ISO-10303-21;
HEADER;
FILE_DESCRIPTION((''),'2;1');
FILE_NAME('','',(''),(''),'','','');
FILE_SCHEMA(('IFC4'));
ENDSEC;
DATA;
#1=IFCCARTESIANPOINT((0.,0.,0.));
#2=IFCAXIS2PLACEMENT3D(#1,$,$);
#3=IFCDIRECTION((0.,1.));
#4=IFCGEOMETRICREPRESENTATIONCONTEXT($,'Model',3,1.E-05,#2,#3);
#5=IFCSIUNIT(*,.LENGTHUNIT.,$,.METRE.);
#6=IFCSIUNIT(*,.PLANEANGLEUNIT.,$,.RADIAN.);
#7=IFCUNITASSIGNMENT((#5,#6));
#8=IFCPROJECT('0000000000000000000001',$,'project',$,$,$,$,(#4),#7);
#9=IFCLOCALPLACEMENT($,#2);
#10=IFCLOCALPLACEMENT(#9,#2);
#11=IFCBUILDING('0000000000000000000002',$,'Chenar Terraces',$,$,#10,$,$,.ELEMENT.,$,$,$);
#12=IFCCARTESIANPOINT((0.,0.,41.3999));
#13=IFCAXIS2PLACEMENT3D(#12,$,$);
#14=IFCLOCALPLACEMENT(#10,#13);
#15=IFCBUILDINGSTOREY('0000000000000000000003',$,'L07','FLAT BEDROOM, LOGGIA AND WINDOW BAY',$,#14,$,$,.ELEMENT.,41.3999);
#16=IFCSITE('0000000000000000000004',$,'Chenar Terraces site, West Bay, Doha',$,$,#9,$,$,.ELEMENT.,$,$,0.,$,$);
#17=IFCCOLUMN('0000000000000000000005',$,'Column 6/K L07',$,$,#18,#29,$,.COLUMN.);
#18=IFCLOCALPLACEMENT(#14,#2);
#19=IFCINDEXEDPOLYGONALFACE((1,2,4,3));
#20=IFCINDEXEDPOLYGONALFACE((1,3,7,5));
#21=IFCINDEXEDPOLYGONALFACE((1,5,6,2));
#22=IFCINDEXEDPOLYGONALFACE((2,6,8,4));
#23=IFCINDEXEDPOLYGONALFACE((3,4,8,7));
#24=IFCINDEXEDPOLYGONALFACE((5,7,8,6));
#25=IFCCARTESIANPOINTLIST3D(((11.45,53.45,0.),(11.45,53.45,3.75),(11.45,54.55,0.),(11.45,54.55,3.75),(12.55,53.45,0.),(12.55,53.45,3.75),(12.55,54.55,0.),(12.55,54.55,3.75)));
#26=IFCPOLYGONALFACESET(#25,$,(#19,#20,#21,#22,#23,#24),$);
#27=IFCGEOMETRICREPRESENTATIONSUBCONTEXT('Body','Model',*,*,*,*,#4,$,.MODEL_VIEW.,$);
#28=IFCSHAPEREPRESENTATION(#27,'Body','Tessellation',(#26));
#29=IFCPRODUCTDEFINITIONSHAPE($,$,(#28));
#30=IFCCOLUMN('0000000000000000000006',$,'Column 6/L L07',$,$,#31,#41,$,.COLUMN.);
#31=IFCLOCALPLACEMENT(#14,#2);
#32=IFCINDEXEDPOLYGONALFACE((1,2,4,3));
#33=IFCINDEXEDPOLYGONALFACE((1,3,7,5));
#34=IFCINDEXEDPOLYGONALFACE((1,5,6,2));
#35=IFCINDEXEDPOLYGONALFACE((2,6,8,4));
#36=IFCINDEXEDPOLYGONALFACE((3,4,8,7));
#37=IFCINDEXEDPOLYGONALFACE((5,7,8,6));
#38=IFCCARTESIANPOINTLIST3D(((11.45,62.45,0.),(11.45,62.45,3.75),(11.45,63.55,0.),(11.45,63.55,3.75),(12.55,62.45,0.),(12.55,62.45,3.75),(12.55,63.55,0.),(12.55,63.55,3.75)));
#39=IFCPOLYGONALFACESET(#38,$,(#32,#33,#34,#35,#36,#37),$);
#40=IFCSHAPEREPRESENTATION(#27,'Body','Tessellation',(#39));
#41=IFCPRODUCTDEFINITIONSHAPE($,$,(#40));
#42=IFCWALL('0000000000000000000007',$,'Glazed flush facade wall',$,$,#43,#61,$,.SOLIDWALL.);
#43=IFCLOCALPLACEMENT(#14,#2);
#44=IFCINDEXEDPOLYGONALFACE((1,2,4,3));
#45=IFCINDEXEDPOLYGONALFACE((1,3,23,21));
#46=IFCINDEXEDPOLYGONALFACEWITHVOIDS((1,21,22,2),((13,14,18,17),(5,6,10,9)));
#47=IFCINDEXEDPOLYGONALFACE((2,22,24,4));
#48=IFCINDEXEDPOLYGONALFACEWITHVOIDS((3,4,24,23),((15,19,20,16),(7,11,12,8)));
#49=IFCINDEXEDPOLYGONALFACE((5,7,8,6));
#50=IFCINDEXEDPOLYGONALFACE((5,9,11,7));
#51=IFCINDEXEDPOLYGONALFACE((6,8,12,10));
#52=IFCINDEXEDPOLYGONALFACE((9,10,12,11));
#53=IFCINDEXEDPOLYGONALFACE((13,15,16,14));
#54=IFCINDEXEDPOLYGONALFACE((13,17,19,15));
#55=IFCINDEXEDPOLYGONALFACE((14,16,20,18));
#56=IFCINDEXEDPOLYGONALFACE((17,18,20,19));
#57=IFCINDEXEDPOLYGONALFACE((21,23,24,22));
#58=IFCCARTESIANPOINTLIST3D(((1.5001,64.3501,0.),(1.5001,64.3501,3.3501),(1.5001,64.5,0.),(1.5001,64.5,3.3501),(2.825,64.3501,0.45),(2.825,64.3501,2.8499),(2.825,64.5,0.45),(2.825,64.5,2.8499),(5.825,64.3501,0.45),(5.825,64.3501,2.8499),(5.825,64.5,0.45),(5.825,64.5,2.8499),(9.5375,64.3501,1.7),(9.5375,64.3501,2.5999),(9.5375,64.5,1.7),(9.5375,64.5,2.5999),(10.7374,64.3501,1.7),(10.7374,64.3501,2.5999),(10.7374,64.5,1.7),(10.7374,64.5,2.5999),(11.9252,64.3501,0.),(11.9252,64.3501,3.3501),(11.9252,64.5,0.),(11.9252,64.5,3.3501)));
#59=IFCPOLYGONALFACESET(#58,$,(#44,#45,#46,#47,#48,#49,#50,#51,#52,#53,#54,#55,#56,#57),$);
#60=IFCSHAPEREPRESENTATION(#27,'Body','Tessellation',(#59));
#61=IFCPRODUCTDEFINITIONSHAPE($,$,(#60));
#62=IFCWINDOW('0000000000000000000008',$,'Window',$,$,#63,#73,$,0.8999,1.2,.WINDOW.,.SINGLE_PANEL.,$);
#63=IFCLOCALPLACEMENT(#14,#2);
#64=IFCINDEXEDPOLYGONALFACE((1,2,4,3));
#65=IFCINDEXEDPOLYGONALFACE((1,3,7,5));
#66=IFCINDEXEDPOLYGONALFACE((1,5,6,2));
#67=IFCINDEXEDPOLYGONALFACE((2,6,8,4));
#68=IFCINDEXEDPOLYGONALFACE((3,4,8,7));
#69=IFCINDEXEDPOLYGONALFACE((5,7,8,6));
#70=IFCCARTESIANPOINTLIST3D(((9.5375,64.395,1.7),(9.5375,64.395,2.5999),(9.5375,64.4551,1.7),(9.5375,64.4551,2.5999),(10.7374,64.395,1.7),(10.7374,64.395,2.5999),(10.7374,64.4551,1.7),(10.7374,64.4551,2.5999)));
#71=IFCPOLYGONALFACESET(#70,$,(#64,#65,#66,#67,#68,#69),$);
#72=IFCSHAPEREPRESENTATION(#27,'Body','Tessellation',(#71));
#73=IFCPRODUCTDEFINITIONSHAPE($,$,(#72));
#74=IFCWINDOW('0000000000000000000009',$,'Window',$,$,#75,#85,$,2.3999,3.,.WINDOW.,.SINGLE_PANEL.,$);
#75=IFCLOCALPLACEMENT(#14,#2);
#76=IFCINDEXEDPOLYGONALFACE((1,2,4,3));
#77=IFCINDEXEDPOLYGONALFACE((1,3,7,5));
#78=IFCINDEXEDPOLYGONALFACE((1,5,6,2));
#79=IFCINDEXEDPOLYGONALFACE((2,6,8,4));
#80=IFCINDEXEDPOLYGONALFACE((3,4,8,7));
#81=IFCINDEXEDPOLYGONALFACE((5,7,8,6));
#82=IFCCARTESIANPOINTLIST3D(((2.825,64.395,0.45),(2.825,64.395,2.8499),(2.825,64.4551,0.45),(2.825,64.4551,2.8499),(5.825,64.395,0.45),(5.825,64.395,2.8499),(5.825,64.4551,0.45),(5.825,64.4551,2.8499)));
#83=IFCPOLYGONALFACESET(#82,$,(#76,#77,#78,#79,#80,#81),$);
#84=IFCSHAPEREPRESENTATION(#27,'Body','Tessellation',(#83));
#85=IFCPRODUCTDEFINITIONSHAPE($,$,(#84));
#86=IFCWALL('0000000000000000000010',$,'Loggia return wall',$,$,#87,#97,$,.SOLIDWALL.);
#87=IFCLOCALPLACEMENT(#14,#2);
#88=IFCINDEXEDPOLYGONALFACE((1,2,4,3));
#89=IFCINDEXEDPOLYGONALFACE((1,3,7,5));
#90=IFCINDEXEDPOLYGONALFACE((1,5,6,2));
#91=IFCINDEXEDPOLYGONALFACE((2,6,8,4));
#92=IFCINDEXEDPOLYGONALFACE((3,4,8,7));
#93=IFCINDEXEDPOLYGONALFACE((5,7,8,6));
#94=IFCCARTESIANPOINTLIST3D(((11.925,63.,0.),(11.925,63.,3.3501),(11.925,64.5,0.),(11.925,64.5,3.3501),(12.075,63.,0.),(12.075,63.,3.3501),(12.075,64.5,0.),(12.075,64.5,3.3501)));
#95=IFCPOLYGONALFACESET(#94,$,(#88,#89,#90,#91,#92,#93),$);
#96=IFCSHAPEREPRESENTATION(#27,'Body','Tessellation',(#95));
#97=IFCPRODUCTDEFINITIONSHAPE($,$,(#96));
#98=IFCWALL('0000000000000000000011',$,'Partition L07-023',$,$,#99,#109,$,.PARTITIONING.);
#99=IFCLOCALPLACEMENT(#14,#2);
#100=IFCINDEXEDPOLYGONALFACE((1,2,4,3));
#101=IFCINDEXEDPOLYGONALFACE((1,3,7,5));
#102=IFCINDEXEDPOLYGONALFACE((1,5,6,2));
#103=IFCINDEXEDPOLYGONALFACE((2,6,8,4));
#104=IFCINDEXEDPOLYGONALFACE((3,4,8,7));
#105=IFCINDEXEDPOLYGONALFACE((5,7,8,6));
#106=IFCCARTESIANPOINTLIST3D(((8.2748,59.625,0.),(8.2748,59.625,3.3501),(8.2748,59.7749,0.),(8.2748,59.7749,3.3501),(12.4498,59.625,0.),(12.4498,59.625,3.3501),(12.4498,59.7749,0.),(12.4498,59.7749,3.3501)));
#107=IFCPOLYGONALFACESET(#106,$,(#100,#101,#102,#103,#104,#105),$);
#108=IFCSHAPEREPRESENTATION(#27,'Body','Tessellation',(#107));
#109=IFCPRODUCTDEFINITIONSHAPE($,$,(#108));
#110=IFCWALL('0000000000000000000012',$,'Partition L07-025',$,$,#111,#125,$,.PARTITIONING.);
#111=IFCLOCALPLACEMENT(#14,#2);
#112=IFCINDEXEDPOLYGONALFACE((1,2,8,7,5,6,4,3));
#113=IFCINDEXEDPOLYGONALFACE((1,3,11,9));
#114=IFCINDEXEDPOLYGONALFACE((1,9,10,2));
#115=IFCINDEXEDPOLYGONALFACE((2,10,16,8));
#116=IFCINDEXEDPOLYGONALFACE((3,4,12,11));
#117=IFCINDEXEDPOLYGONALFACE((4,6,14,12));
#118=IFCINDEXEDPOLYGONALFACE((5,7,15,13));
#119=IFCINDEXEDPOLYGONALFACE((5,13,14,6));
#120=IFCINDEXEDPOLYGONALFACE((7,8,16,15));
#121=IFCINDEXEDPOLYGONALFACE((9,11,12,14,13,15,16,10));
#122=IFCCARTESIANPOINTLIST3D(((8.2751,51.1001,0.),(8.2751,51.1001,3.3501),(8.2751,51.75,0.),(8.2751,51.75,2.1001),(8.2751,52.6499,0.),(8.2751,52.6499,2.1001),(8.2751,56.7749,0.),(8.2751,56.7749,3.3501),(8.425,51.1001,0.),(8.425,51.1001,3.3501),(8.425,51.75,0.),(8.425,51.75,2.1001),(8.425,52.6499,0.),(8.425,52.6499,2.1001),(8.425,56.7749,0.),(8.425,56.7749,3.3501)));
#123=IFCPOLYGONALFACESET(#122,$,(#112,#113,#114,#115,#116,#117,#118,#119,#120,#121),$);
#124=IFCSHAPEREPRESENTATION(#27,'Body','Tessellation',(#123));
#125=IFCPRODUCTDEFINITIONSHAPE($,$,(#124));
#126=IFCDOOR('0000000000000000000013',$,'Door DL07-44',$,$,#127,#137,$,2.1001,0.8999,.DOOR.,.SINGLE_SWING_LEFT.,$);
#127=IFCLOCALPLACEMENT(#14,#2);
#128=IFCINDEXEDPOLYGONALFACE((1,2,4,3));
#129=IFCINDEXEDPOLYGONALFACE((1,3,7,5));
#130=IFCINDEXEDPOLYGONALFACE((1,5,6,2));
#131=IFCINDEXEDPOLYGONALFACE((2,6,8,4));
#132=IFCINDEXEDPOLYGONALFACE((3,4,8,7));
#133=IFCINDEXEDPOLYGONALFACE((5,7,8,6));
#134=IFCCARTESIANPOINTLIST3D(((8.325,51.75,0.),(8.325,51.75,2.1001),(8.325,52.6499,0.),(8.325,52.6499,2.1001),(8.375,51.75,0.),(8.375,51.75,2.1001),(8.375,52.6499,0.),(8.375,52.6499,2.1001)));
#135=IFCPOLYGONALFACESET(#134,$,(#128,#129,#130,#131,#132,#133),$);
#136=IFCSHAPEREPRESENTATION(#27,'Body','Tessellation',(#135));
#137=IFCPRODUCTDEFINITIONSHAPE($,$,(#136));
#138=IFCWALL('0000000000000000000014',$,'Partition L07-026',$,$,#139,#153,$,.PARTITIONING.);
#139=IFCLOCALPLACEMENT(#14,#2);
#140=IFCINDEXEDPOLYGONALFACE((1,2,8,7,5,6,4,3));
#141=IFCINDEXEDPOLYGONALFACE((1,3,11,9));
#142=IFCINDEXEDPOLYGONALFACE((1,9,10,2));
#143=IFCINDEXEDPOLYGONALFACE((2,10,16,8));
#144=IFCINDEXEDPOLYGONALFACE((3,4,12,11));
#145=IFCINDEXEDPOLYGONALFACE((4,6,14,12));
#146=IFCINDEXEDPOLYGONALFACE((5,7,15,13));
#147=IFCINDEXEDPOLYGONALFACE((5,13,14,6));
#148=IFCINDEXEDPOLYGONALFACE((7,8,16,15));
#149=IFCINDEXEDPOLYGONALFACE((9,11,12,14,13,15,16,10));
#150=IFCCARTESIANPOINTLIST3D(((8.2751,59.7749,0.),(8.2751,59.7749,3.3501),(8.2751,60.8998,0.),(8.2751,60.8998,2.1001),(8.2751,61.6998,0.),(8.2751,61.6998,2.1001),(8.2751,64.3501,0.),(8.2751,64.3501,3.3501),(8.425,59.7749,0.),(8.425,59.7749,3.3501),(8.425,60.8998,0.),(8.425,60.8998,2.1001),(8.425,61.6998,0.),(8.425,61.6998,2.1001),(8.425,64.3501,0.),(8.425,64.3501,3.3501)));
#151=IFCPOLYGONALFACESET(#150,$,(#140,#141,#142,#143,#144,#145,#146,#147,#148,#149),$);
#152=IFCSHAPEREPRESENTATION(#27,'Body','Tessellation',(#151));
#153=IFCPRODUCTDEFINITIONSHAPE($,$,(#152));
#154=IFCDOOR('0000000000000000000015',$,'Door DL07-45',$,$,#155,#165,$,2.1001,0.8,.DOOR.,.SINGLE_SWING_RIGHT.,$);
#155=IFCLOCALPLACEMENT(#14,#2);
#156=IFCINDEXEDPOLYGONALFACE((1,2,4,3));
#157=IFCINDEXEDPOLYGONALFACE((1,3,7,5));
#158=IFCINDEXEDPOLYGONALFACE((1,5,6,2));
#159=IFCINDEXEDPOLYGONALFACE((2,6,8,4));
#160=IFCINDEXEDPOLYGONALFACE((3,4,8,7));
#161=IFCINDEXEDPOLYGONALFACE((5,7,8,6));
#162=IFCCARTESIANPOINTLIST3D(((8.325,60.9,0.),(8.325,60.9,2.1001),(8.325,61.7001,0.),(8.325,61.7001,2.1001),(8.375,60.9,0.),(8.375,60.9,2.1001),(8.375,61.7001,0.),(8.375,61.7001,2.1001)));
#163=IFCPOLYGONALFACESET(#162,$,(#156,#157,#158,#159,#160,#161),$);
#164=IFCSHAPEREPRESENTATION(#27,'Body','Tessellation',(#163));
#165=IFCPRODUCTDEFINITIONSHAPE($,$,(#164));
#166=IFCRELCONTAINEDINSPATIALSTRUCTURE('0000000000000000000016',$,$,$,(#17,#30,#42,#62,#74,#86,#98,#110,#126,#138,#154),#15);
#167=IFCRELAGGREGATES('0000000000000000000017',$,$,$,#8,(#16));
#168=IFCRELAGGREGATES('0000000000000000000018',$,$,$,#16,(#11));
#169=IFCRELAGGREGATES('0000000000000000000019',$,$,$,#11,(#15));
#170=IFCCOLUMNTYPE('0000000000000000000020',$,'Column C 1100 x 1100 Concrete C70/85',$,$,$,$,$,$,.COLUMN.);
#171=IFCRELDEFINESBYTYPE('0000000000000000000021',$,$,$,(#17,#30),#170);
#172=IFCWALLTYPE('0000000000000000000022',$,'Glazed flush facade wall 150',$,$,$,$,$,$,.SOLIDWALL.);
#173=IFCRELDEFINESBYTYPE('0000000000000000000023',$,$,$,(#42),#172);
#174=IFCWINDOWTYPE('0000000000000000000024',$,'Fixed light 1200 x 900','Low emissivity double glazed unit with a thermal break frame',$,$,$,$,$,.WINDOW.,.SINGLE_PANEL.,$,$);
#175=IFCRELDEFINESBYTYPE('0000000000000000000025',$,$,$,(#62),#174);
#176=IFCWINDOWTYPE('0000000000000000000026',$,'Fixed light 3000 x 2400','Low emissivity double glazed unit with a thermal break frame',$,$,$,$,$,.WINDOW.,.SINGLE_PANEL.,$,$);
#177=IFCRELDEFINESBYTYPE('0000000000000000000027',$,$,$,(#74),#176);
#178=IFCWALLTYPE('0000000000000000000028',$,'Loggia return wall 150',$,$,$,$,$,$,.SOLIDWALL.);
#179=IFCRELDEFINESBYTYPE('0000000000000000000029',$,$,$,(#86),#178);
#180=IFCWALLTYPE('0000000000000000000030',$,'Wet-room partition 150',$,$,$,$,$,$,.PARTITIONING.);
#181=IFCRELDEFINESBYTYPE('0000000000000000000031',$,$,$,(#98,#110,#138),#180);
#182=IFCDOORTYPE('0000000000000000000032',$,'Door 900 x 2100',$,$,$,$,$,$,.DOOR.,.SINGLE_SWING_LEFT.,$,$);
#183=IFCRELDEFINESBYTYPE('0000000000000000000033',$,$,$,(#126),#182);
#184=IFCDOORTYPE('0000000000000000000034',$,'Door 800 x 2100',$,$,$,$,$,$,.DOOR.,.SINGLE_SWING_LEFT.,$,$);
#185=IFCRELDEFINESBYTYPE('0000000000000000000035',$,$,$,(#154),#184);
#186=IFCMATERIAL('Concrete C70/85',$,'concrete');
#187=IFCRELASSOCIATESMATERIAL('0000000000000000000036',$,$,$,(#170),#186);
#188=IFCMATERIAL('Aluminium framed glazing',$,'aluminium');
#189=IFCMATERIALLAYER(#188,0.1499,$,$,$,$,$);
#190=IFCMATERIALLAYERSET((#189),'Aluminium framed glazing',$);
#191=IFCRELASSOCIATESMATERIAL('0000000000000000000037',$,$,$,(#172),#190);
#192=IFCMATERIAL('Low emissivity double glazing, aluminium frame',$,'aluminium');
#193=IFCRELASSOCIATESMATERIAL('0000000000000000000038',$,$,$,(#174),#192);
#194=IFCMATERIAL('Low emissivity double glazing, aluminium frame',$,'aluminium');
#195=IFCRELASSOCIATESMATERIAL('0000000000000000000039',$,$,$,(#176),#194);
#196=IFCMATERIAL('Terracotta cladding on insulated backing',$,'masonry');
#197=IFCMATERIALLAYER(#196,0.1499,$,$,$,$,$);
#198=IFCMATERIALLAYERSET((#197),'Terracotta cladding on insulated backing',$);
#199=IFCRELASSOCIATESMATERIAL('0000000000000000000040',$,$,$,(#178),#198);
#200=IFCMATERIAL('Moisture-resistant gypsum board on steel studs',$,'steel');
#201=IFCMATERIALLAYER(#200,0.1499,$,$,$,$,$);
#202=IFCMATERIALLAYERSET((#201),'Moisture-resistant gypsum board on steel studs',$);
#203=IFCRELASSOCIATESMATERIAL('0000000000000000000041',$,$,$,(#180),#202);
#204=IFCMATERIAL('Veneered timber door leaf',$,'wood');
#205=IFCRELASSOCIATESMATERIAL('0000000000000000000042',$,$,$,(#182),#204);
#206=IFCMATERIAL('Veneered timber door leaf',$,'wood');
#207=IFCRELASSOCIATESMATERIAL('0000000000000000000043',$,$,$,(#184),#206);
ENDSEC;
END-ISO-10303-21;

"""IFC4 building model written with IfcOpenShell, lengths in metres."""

from ifc_helpers import new_model, si_unit, direction, frame, frame_2d, origin, origin_2d, place, context, subcontext, project, spatial, rectangle, extrude, material, layer, layer_set, material_profile, profile_set, type_object, element, fill, save


model = new_model("IFC4")

# Units and contexts
model_context = context("Model", 3, precision=1e-05, world=origin(), true_north=direction((0.0, 1.0)))
body_context = subcontext(model_context, "Body", "Model", "MODEL_VIEW")
ifc_project = project(units=[si_unit("LENGTHUNIT", "METRE"), si_unit("PLANEANGLEUNIT", "RADIAN")], contexts=[model_context])

# Site, building, storey
site_placement = place(None, origin())
site = spatial("IfcSite", under=ifc_project, at=site_placement, Name="Chenar Terraces site, West Bay, Doha", CompositionType="ELEMENT", RefElevation=0.0)
building_placement = place(site_placement, origin())
building = spatial("IfcBuilding", under=site, at=building_placement, Name="Chenar Terraces", CompositionType="ELEMENT")
storey_placement = place(building_placement, frame((0.0, 0.0, 41.3999)))
storey = spatial("IfcBuildingStorey", under=building, at=storey_placement, Name="L07", Description="FLAT BEDROOM, LOGGIA AND WINDOW BAY", CompositionType="ELEMENT", Elevation=41.3999)

# Columns
ifc_material_1 = material(Name="Concrete C70/85", Category="concrete")
ifc_material_profile_1 = material_profile(ifc_material_1, rectangle(XDim=1.1001, YDim=1.1001, at=origin_2d()), Name="C 1100 x 1100")
ifc_profile_set_1 = profile_set([ifc_material_profile_1], Name="Concrete C70/85")
column_type = type_object("IfcColumnType", Name="Column C 1100 x 1100 Concrete C70/85", PredefinedType="COLUMN", material=ifc_profile_set_1)
for number, where, z_axis, x_axis, name in (
    (1, (12.0, 54.0, 0.0), (0.0, 0.0, 1.0), (1.0, 0.0, 0.0), "Column 6/K L07"),
    (2, (12.0, 63.0, 0.0), (0.0, 0.0, 1.0), (1.0, 0.0, 0.0), "Column 6/L L07"),
):
    element("IfcColumn", number, at=place(storey_placement, frame(where, z_axis=z_axis, x_axis=x_axis)), inside=storey, type_object=column_type, Name=name, PredefinedType="COLUMN", context=body_context, shape_type="SweptSolid", body=[
        extrude(rectangle(XDim=1.1001, YDim=1.1001, at=origin_2d()), origin(), (0.0, 0.0, 1.0), 3.75),
    ])

# Wall, openings, windows
ifc_material_2 = material(Name="Aluminium framed glazing", Category="aluminium")
ifc_layer_1 = layer(ifc_material_2, 0.1499)
ifc_layer_set_1 = layer_set([ifc_layer_1], Name="Aluminium framed glazing")
wall_type_1 = type_object("IfcWallType", Name="Glazed flush facade wall 150", PredefinedType="SOLIDWALL", material=ifc_layer_set_1)
wall_1_placement = place(storey_placement, frame((11.925, 64.425, 0.0), z_axis=(0.0, 0.0, 1.0), x_axis=(-1.0, 0.0, 0.0)))
wall_1 = element("IfcWall", 3, at=wall_1_placement, inside=storey, type_object=wall_type_1, Name="Glazed flush facade wall", PredefinedType="SOLIDWALL", context=body_context, shape_type="SweptSolid", body=[
    extrude(rectangle(XDim=10.425, YDim=0.1499, at=frame_2d((5.2124, 0.0))), origin(), (0.0, 0.0, 1.0), 3.3501),
])
opening_1_placement = place(wall_1_placement, frame((1.1875, 0.0, 1.7)))
opening_1 = element("IfcOpeningElement", 4, at=opening_1_placement, cuts=wall_1, PredefinedType="OPENING", context=body_context, shape_type="SweptSolid", body=[
    extrude(rectangle(XDim=1.2, YDim=0.8999, at=frame_2d((0.6001, 0.45))), frame((0.0, 0.085, 0.0), z_axis=(0.0, -1.0, 0.0), x_axis=(1.0, 0.0, 0.0)), (0.0, 0.0, 1.0), 0.1699),
])
opening_2_placement = place(wall_1_placement, frame((6.1001, 0.0, 0.45)))
opening_2 = element("IfcOpeningElement", 5, at=opening_2_placement, cuts=wall_1, PredefinedType="OPENING", context=body_context, shape_type="SweptSolid", body=[
    extrude(rectangle(XDim=3.0, YDim=2.3999, at=frame_2d((1.5, 1.2))), frame((0.0, 0.085, 0.0), z_axis=(0.0, -1.0, 0.0), x_axis=(1.0, 0.0, 0.0)), (0.0, 0.0, 1.0), 0.1699),
])
ifc_material_3 = material(Name="Low emissivity double glazing, aluminium frame", Category="aluminium")
window_type_1 = type_object("IfcWindowType", Name="Fixed light 1200 x 900", Description="Low emissivity double glazed unit with a thermal break frame", PartitioningType="SINGLE_PANEL", PredefinedType="WINDOW", material=ifc_material_3)
window_1_placement = place(opening_1_placement, origin())
window_1 = element("IfcWindow", 6, at=window_1_placement, inside=storey, type_object=window_type_1, Name="Window", OverallHeight=0.8999, OverallWidth=1.2, PartitioningType="SINGLE_PANEL", PredefinedType="WINDOW", context=body_context, shape_type="SweptSolid", body=[
    extrude(rectangle(XDim=1.2, YDim=0.8999, at=frame_2d((0.6001, 0.45))), frame((0.0, 0.03, 0.0), z_axis=(0.0, -1.0, 0.0), x_axis=(1.0, 0.0, 0.0)), (0.0, 0.0, 1.0), 0.0601),
])
fill(opening_1, window_1)
ifc_material_4 = material(Name="Low emissivity double glazing, aluminium frame", Category="aluminium")
window_type_2 = type_object("IfcWindowType", Name="Fixed light 3000 x 2400", Description="Low emissivity double glazed unit with a thermal break frame", PartitioningType="SINGLE_PANEL", PredefinedType="WINDOW", material=ifc_material_4)
window_2_placement = place(opening_2_placement, origin())
window_2 = element("IfcWindow", 7, at=window_2_placement, inside=storey, type_object=window_type_2, Name="Window", OverallHeight=2.3999, OverallWidth=3.0, PartitioningType="SINGLE_PANEL", PredefinedType="WINDOW", context=body_context, shape_type="SweptSolid", body=[
    extrude(rectangle(XDim=3.0, YDim=2.3999, at=frame_2d((1.5, 1.2))), frame((0.0, 0.03, 0.0), z_axis=(0.0, -1.0, 0.0), x_axis=(1.0, 0.0, 0.0)), (0.0, 0.0, 1.0), 0.0601),
])
fill(opening_2, window_2)

# Walls
ifc_material_5 = material(Name="Terracotta cladding on insulated backing", Category="masonry")
ifc_layer_2 = layer(ifc_material_5, 0.1499)
ifc_layer_set_2 = layer_set([ifc_layer_2], Name="Terracotta cladding on insulated backing")
wall_type_2 = type_object("IfcWallType", Name="Loggia return wall 150", PredefinedType="SOLIDWALL", material=ifc_layer_set_2)
wall_2_placement = place(storey_placement, frame((12.0, 64.5, 0.0), z_axis=(0.0, 0.0, 1.0), x_axis=(0.0, -1.0, 0.0)))
element("IfcWall", 8, at=wall_2_placement, inside=storey, type_object=wall_type_2, Name="Loggia return wall", PredefinedType="SOLIDWALL", context=body_context, shape_type="SweptSolid", body=[
    extrude(rectangle(XDim=1.5, YDim=0.1499, at=frame_2d((0.75, 0.0))), origin(), (0.0, 0.0, 1.0), 3.3501),
])
ifc_material_6 = material(Name="Moisture-resistant gypsum board on steel studs", Category="steel")
ifc_layer_3 = layer(ifc_material_6, 0.1499)
ifc_layer_set_3 = layer_set([ifc_layer_3], Name="Moisture-resistant gypsum board on steel studs")
wall_type_3 = type_object("IfcWallType", Name="Wet-room partition 150", PredefinedType="PARTITIONING", material=ifc_layer_set_3)
wall_3_placement = place(storey_placement, frame((8.2749, 59.7, 0.0), z_axis=(0.0, 0.0, 1.0), x_axis=(1.0, 0.0, 0.0)))
element("IfcWall", 9, at=wall_3_placement, inside=storey, type_object=wall_type_3, Name="Partition L07-023", PredefinedType="PARTITIONING", context=body_context, shape_type="SweptSolid", body=[
    extrude(rectangle(XDim=4.175, YDim=0.1499, at=frame_2d((2.0874, 0.0))), origin(), (0.0, 0.0, 1.0), 3.3501),
])

# Walls, openings, doors
wall_4_placement = place(storey_placement, frame((8.3501, 51.1001, 0.0), z_axis=(0.0, 0.0, 1.0), x_axis=(0.0, 1.0, 0.0)))
wall_4 = element("IfcWall", 10, at=wall_4_placement, inside=storey, type_object=wall_type_3, Name="Partition L07-025", PredefinedType="PARTITIONING", context=body_context, shape_type="SweptSolid", body=[
    extrude(rectangle(XDim=5.6748, YDim=0.1499, at=frame_2d((2.8374, 0.0))), origin(), (0.0, 0.0, 1.0), 3.3501),
])
opening_3_placement = place(wall_4_placement, frame((0.6499, 0.0, 0.0)))
opening_3 = element("IfcOpeningElement", 11, at=opening_3_placement, cuts=wall_4, PredefinedType="OPENING", context=body_context, shape_type="SweptSolid", body=[
    extrude(rectangle(XDim=0.8999, YDim=2.1001, at=frame_2d((0.45, 1.05))), frame((0.0, 0.085, 0.0), z_axis=(0.0, -1.0, 0.0), x_axis=(1.0, 0.0, 0.0)), (0.0, 0.0, 1.0), 0.1699),
])
ifc_material_7 = material(Name="Veneered timber door leaf", Category="wood")
door_type_1 = type_object("IfcDoorType", Name="Door 900 x 2100", OperationType="SINGLE_SWING_LEFT", PredefinedType="DOOR", material=ifc_material_7)
door_1_placement = place(opening_3_placement, frame((0.8999, 0.0, 0.0), z_axis=(0.0, 0.0, 1.0), x_axis=(-1.0, 0.0, 0.0)))
door_1 = element("IfcDoor", 12, at=door_1_placement, inside=storey, type_object=door_type_1, Name="Door DL07-44", OperationType="SINGLE_SWING_LEFT", OverallHeight=2.1001, OverallWidth=0.8999, PredefinedType="DOOR", context=body_context, shape_type="SweptSolid", body=[
    extrude(rectangle(XDim=0.8999, YDim=2.1001, at=frame_2d((0.45, 1.05))), frame((0.0, 0.0249, 0.0), z_axis=(0.0, -1.0, 0.0), x_axis=(1.0, 0.0, 0.0)), (0.0, 0.0, 1.0), 0.05),
])
fill(opening_3, door_1)
wall_5_placement = place(storey_placement, frame((8.3501, 59.7749, 0.0), z_axis=(0.0, 0.0, 1.0), x_axis=(0.0, 1.0, 0.0)))
wall_5 = element("IfcWall", 13, at=wall_5_placement, inside=storey, type_object=wall_type_3, Name="Partition L07-026", PredefinedType="PARTITIONING", context=body_context, shape_type="SweptSolid", body=[
    extrude(rectangle(XDim=4.5752, YDim=0.1499, at=frame_2d((2.2876, 0.0))), origin(), (0.0, 0.0, 1.0), 3.3501),
])
opening_4_placement = place(wall_5_placement, frame((1.125, 0.0, 0.0)))
opening_4 = element("IfcOpeningElement", 14, at=opening_4_placement, cuts=wall_5, PredefinedType="OPENING", context=body_context, shape_type="SweptSolid", body=[
    extrude(rectangle(XDim=0.8, YDim=2.1001, at=frame_2d((0.3999, 1.05))), frame((0.0, 0.085, 0.0), z_axis=(0.0, -1.0, 0.0), x_axis=(1.0, 0.0, 0.0)), (0.0, 0.0, 1.0), 0.1699),
])
ifc_material_8 = material(Name="Veneered timber door leaf", Category="wood")
door_type_2 = type_object("IfcDoorType", Name="Door 800 x 2100", OperationType="SINGLE_SWING_LEFT", PredefinedType="DOOR", material=ifc_material_8)
door_2_placement = place(opening_4_placement, frame((0.8, 0.0, 0.0), z_axis=(0.0, 0.0, 1.0), x_axis=(-1.0, 0.0, 0.0)))
door_2 = element("IfcDoor", 15, at=door_2_placement, inside=storey, type_object=door_type_2, Name="Door DL07-45", OperationType="SINGLE_SWING_RIGHT", OverallHeight=2.1001, OverallWidth=0.8, PredefinedType="DOOR", context=body_context, shape_type="SweptSolid", body=[
    extrude(rectangle(XDim=0.8, YDim=2.1001, at=frame_2d((0.3999, 1.05))), frame((0.0, 0.0249, 0.0), z_axis=(0.0, -1.0, 0.0), x_axis=(1.0, 0.0, 0.0)), (0.0, 0.0, 1.0), 0.05),
])
fill(opening_4, door_2)

save(model, "model.ifc")
